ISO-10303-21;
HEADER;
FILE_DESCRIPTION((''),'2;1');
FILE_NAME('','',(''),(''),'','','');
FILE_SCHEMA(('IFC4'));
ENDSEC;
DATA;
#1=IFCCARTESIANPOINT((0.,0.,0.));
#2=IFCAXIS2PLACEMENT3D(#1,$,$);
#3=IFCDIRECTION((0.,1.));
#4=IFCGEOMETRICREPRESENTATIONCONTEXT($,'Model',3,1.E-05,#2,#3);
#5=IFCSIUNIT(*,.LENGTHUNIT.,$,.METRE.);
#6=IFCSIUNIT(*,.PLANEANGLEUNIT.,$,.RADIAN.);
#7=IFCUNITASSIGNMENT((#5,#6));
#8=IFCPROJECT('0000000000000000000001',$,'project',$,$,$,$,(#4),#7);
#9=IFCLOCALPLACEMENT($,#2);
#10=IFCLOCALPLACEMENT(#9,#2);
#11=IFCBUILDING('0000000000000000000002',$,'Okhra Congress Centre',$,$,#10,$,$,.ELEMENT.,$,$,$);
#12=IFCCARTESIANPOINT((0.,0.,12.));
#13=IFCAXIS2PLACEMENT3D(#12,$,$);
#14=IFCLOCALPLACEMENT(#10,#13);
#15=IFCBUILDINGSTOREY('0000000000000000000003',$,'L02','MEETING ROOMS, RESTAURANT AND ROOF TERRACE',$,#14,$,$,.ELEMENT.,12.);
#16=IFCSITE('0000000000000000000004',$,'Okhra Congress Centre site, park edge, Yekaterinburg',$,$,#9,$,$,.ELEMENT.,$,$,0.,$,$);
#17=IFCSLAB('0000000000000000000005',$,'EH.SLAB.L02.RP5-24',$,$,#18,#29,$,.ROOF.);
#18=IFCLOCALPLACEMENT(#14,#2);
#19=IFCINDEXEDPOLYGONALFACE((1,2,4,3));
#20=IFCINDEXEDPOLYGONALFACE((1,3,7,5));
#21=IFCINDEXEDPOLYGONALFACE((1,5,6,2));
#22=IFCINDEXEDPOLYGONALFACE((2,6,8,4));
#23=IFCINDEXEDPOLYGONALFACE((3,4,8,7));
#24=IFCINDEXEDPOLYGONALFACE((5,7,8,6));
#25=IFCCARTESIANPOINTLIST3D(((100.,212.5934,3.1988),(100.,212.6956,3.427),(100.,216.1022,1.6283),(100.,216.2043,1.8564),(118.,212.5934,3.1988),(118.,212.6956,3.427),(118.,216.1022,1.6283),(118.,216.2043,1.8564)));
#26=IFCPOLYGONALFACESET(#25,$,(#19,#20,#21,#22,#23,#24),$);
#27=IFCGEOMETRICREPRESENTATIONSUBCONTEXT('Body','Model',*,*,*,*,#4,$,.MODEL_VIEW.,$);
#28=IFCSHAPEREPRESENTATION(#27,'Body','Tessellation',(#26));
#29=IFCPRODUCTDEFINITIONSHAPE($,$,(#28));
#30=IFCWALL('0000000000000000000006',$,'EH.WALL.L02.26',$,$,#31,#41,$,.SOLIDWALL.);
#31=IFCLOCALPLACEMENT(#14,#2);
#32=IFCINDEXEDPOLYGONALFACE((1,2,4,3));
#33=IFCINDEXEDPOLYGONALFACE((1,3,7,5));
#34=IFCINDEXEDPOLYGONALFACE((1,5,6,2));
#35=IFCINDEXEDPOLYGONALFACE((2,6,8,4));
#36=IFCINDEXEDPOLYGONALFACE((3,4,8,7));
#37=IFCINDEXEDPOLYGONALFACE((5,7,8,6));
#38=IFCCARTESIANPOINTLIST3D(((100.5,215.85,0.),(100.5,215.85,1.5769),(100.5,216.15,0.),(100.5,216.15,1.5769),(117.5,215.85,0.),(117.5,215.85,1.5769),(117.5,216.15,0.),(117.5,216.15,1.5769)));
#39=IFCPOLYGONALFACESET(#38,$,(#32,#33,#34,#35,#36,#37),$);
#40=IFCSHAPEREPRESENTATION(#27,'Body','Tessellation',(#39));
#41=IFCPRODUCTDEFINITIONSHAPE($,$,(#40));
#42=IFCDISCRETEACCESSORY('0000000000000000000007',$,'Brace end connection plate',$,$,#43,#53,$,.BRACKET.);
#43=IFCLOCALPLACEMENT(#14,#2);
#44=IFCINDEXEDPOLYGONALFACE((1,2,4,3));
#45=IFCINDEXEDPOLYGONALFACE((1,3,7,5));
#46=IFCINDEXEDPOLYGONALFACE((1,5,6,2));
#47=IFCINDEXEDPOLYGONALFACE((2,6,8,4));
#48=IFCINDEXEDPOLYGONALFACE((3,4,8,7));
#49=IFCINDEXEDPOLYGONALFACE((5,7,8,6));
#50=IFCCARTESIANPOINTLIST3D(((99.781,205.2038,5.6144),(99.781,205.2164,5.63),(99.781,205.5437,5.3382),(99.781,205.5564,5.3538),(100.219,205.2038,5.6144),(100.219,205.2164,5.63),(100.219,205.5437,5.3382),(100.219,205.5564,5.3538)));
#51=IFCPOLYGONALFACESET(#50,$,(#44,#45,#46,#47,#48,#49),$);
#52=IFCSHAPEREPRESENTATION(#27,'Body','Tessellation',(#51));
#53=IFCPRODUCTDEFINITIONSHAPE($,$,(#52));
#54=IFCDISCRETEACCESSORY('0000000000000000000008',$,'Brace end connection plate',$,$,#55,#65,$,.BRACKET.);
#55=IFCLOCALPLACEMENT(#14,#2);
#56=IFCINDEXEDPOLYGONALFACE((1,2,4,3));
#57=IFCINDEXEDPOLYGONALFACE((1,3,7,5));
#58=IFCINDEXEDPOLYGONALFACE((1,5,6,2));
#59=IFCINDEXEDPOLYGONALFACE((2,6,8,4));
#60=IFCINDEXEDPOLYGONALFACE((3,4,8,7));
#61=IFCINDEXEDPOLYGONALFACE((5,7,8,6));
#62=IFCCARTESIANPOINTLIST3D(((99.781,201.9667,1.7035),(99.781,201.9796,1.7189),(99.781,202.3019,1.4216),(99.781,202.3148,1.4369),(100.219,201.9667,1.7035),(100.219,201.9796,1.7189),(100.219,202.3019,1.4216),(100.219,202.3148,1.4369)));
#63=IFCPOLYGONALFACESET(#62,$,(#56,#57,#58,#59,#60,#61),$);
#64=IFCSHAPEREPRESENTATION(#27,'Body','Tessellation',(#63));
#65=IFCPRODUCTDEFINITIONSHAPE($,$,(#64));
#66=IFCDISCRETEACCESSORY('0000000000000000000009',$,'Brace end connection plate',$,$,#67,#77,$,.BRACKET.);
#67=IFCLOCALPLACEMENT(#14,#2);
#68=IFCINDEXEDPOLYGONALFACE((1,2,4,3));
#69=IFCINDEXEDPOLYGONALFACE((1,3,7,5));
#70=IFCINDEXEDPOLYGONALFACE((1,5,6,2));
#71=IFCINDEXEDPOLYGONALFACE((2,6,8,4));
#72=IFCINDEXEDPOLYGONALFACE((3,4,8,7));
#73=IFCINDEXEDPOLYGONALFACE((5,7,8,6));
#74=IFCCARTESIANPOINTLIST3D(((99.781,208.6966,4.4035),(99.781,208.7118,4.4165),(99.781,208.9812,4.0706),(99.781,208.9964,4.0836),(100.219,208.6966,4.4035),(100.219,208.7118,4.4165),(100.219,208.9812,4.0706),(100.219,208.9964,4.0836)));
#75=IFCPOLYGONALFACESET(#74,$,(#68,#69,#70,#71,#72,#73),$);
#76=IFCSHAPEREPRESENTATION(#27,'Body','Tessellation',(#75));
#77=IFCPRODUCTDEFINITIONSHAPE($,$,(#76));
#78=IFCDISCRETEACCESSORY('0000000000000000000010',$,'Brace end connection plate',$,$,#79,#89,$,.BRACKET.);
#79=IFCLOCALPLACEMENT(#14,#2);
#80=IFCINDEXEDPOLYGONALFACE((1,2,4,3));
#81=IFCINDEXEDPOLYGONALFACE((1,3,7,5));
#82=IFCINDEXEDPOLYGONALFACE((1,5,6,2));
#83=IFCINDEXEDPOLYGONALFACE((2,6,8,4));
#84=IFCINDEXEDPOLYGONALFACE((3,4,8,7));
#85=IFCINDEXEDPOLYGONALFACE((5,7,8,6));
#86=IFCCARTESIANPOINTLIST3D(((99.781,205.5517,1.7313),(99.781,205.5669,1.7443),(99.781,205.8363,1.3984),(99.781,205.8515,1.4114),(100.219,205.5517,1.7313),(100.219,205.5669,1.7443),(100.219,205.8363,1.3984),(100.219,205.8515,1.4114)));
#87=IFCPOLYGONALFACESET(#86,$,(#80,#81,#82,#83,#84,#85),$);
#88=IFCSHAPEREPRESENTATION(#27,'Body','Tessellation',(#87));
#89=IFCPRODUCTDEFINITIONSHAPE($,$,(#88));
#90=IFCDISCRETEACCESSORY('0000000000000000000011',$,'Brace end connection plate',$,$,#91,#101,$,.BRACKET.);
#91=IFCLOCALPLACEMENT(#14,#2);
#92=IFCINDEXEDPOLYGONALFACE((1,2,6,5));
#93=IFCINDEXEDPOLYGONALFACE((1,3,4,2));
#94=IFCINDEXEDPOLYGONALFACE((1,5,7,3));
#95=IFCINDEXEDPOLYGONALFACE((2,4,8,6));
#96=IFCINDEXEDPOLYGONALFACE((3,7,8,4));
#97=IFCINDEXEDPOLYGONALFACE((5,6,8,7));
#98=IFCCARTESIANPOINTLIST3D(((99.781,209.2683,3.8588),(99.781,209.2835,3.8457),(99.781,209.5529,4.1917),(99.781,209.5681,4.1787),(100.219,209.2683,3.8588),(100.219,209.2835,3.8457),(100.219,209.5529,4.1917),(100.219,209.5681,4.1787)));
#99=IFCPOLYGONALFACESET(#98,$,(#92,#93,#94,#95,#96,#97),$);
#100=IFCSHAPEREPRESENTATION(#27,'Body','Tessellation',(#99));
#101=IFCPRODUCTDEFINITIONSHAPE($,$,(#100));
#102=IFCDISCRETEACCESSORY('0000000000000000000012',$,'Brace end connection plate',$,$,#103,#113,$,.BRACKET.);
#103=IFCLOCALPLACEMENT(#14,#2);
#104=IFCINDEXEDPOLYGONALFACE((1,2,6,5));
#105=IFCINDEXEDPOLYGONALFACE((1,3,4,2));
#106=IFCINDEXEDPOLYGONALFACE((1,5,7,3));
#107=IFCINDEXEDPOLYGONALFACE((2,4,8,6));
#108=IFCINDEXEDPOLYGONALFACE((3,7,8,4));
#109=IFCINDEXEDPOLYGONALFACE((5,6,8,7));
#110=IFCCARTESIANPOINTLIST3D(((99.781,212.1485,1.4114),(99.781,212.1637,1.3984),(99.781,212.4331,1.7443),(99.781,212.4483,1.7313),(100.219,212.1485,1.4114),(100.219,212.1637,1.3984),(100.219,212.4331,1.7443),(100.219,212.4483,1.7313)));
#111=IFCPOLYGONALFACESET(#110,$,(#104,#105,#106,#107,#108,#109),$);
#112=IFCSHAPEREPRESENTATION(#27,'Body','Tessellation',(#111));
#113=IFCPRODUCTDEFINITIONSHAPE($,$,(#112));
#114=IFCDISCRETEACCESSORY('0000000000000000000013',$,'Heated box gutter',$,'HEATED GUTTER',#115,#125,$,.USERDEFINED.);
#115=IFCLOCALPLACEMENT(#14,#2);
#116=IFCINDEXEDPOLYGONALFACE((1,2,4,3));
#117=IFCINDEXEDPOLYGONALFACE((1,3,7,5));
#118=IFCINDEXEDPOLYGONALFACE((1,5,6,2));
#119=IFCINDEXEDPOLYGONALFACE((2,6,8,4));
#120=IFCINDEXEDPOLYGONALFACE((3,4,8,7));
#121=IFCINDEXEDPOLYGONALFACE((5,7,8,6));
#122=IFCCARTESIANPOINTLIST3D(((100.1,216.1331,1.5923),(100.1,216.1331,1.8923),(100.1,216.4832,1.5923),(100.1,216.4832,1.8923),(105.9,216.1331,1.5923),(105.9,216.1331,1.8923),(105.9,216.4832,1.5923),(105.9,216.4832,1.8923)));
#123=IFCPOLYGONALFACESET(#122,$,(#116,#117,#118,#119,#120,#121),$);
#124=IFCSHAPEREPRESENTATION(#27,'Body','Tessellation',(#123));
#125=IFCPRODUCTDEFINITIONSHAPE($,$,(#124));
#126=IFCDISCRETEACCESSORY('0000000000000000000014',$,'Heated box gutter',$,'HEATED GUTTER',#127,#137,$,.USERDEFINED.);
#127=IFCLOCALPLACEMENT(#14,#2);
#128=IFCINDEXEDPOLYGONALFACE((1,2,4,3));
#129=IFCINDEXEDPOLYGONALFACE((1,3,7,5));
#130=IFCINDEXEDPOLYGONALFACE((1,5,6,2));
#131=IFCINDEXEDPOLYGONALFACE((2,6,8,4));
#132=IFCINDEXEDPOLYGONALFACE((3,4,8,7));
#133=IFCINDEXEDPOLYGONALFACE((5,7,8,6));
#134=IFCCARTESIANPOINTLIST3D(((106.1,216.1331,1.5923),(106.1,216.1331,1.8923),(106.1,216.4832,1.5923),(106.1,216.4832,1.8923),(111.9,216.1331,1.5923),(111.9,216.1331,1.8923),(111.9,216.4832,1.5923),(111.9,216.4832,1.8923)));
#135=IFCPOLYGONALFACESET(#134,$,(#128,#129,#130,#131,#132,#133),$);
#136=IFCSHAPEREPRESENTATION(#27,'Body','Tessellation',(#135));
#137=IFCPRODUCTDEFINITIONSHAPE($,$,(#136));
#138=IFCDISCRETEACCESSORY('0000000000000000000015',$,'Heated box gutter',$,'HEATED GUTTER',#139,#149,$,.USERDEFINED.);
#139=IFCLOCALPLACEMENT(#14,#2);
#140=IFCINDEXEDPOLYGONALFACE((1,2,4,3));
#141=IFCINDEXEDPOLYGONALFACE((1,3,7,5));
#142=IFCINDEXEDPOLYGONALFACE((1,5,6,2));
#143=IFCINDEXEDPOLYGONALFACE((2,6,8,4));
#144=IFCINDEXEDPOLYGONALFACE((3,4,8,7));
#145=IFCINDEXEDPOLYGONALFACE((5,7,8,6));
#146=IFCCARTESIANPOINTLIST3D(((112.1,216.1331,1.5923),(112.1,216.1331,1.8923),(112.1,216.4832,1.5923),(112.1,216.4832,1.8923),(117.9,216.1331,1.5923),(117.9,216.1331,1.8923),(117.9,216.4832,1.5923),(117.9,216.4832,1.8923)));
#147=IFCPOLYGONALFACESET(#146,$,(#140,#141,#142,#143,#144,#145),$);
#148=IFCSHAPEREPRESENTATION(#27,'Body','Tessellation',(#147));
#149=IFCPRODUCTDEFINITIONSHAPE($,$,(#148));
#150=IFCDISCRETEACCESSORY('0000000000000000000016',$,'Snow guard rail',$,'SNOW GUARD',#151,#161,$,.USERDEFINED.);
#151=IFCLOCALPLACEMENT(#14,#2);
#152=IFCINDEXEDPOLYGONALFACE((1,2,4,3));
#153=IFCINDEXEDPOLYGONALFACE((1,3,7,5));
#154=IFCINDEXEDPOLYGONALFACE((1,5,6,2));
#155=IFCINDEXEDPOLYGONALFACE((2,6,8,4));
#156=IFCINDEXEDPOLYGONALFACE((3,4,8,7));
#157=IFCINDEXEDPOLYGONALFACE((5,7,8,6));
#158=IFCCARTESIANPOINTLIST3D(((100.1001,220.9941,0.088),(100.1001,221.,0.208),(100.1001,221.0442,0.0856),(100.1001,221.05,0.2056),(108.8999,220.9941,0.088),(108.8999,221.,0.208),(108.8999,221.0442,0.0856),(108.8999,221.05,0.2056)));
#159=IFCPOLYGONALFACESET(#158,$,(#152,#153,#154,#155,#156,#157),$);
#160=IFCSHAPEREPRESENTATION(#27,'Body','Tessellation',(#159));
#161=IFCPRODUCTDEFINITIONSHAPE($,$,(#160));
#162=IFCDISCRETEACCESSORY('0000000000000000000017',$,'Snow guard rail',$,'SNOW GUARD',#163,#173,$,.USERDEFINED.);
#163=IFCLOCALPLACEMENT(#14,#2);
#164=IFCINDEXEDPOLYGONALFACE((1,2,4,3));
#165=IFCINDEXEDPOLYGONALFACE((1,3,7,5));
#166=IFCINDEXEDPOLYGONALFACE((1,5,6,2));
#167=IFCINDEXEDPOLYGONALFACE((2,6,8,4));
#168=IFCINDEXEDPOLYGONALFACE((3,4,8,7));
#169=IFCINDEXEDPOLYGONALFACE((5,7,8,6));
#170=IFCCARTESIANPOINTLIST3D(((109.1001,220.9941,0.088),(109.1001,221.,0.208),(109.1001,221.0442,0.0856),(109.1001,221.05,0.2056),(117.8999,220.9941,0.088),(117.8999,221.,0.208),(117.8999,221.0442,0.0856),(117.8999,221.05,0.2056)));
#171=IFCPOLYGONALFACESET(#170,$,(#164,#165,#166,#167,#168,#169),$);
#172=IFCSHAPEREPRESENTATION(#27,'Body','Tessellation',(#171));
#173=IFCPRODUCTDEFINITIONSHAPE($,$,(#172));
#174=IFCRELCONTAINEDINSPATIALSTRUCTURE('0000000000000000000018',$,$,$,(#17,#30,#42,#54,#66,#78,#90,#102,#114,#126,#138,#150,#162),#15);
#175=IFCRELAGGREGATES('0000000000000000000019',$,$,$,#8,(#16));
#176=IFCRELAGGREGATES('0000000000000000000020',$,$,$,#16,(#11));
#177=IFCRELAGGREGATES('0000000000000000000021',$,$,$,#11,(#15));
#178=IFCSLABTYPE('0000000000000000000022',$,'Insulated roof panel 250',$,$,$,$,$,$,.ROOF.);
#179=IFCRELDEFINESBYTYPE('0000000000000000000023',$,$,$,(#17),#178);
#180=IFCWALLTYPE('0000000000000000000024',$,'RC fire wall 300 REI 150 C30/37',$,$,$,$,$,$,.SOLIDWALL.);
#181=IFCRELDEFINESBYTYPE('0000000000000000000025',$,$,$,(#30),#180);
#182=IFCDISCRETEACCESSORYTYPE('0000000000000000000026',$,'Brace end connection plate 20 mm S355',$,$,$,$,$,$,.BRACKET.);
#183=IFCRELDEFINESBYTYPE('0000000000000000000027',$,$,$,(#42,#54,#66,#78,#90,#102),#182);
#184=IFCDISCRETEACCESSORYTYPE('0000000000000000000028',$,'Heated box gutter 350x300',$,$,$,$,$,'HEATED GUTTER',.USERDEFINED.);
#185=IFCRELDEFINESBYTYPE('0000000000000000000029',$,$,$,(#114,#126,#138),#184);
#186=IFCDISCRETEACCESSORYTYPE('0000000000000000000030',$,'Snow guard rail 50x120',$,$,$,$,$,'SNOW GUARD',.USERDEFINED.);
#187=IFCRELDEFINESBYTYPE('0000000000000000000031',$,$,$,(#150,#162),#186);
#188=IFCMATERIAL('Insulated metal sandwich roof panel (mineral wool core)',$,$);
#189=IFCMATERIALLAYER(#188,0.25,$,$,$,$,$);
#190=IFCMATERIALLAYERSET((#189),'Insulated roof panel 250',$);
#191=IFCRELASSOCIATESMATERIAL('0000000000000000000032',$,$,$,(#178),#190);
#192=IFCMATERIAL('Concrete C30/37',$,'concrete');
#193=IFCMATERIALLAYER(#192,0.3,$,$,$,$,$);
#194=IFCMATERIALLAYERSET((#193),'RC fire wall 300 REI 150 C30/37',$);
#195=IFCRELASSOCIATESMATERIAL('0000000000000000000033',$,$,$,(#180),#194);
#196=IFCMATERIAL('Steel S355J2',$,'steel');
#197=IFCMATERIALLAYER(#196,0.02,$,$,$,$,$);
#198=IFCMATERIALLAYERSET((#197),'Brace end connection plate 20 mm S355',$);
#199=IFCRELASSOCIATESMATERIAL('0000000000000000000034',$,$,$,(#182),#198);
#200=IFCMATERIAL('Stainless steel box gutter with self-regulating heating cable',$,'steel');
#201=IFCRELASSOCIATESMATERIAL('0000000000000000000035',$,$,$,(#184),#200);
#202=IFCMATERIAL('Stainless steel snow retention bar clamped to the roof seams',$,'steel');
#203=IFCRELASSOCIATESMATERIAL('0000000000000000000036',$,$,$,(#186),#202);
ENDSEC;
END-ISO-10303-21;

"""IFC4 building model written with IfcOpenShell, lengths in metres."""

from ifc_helpers import new_model, si_unit, direction, frame, frame_2d, origin, origin_2d, place, context, subcontext, project, spatial, polyline, rectangle, outline, extrude, material, layer, layer_set, type_object, element, save


model = new_model("IFC4")

# Units and contexts
model_context = context("Model", 3, precision=1e-05, world=origin(), true_north=direction((0.0, 1.0)))
body_context = subcontext(model_context, "Body", "Model", "MODEL_VIEW")
ifc_project = project(units=[si_unit("LENGTHUNIT", "METRE"), si_unit("PLANEANGLEUNIT", "RADIAN")], contexts=[model_context])

# Site, building, storey
site_placement = place(None, origin())
site = spatial("IfcSite", under=ifc_project, at=site_placement, Name="Okhra Congress Centre site, park edge, Yekaterinburg", CompositionType="ELEMENT", RefElevation=0.0)
building_placement = place(site_placement, origin())
building = spatial("IfcBuilding", under=site, at=building_placement, Name="Okhra Congress Centre", CompositionType="ELEMENT")
storey_placement = place(building_placement, frame((0.0, 0.0, 12.0)))
storey = spatial("IfcBuildingStorey", under=building, at=storey_placement, Name="L02", Description="MEETING ROOMS, RESTAURANT AND ROOF TERRACE", CompositionType="ELEMENT", Elevation=12.0)

# Shared definitions
ifc_material_1 = material(Name="Steel S355J2", Category="steel")

# Slab
ifc_material_2 = material(Name="Insulated metal sandwich roof panel (mineral wool core)")
ifc_layer_1 = layer(ifc_material_2, 0.25)
ifc_layer_set_1 = layer_set([ifc_layer_1], Name="Insulated roof panel 250")
slab_type = type_object("IfcSlabType", Name="Insulated roof panel 250", PredefinedType="ROOF", material=ifc_layer_set_1)
slab_1_placement = place(storey_placement, frame((100.0, 212.6956, 3.427), z_axis=(0.0, 0.408547, 0.912737), x_axis=(1.0, 0.0, 0.0)))
element("IfcSlab", 1, at=slab_1_placement, inside=storey, type_object=slab_type, Name="EH.SLAB.L02.RP5-24", PredefinedType="ROOF", context=body_context, shape_type="SweptSolid", body=[
    extrude(outline(polyline([(0.0, 0.0), (18.0, 0.0), (18.0, 3.8442), (0.0, 3.8442), (0.0, 0.0)])), origin(), (0.0, 0.0, -1.0), 0.25),
])

# Wall
ifc_material_3 = material(Name="Concrete C30/37", Category="concrete")
ifc_layer_2 = layer(ifc_material_3, 0.3)
ifc_layer_set_2 = layer_set([ifc_layer_2], Name="RC fire wall 300 REI 150 C30/37")
wall_type = type_object("IfcWallType", Name="RC fire wall 300 REI 150 C30/37", PredefinedType="SOLIDWALL", material=ifc_layer_set_2)
wall_placement = place(storey_placement, frame((100.5, 216.0, 0.0), z_axis=(0.0, 0.0, 1.0), x_axis=(1.0, 0.0, 0.0)))
element("IfcWall", 2, at=wall_placement, inside=storey, type_object=wall_type, Name="EH.WALL.L02.26", PredefinedType="SOLIDWALL", context=body_context, shape_type="SweptSolid", body=[
    extrude(rectangle(XDim=17.0, YDim=0.3, at=frame_2d((8.5, 0.0))), origin(), (0.0, 0.0, 1.0), 1.5769),
])

# Discrete accessories
ifc_layer_3 = layer(ifc_material_1, 0.02)
ifc_layer_set_3 = layer_set([ifc_layer_3], Name="Brace end connection plate 20 mm S355")
discrete_accessory_type_1 = type_object("IfcDiscreteAccessoryType", Name="Brace end connection plate 20 mm S355", PredefinedType="BRACKET", material=ifc_layer_set_3)
for number, where, z_axis, x_axis, name in (
    (3, (100.0, 205.3738, 5.4763), (0.0, 0.630593, 0.776114), (-1.0, 0.0, 0.0), "Brace end connection plate"),
    (4, (100.0, 202.1472, 1.5779), (0.0, -0.643762, -0.765226), (1.0, 0.0, 0.0), "Brace end connection plate"),
    (5, (100.0, 208.8389, 4.2371), (0.0, 0.760121, 0.649781), (-1.0, 0.0, 0.0), "Brace end connection plate"),
    (6, (100.0, 205.7092, 1.5779), (0.0, -0.760121, -0.649781), (1.0, 0.0, 0.0), "Brace end connection plate"),
    (7, (100.0, 209.4258, 4.0122), (0.0, -0.760121, 0.649781), (1.0, 0.0, 0.0), "Brace end connection plate"),
    (8, (100.0, 212.2908, 1.5779), (0.0, 0.760121, -0.649781), (-1.0, 0.0, 0.0), "Brace end connection plate"),
):
    element("IfcDiscreteAccessory", number, at=place(storey_placement, frame(where, z_axis=z_axis, x_axis=x_axis)), inside=storey, type_object=discrete_accessory_type_1, Name=name, PredefinedType="BRACKET", context=body_context, shape_type="SweptSolid", body=[
        extrude(rectangle(XDim=0.438, YDim=0.438, at=origin_2d()), origin(), (0.0, 0.0, 1.0), 0.02),
    ])
ifc_material_4 = material(Name="Stainless steel box gutter with self-regulating heating cable", Category="steel")
discrete_accessory_type_2 = type_object("IfcDiscreteAccessoryType", Name="Heated box gutter 350x300", ElementType="HEATED GUTTER", PredefinedType="USERDEFINED", material=ifc_material_4)
for number, where, z_axis, x_axis, name in (
    (9, (103.0, 216.3081, 1.5923), (0.0, 0.0, 1.0), (1.0, 0.0, 0.0), "Heated box gutter"),
    (10, (109.0, 216.3081, 1.5923), (0.0, 0.0, 1.0), (1.0, 0.0, 0.0), "Heated box gutter"),
    (11, (115.0, 216.3081, 1.5923), (0.0, 0.0, 1.0), (1.0, 0.0, 0.0), "Heated box gutter"),
):
    element("IfcDiscreteAccessory", number, at=place(storey_placement, frame(where, z_axis=z_axis, x_axis=x_axis)), inside=storey, type_object=discrete_accessory_type_2, Name=name, ObjectType="HEATED GUTTER", PredefinedType="USERDEFINED", context=body_context, shape_type="SweptSolid", body=[
        extrude(rectangle(XDim=5.8, YDim=0.3501, at=origin_2d()), origin(), (0.0, 0.0, 1.0), 0.3),
    ])
ifc_material_5 = material(Name="Stainless steel snow retention bar clamped to the roof seams", Category="steel")
discrete_accessory_type_3 = type_object("IfcDiscreteAccessoryType", Name="Snow guard rail 50x120", ElementType="SNOW GUARD", PredefinedType="USERDEFINED", material=ifc_material_5)
for number, where, z_axis, x_axis, name in (
    (12, (100.1001, 221.0, 0.208), (0.0, 0.048723, 0.998812), (1.0, 0.0, 0.0), "Snow guard rail"),
    (13, (109.1001, 221.0, 0.208), (0.0, 0.048723, 0.998812), (1.0, 0.0, 0.0), "Snow guard rail"),
):
    element("IfcDiscreteAccessory", number, at=place(storey_placement, frame(where, z_axis=z_axis, x_axis=x_axis)), inside=storey, type_object=discrete_accessory_type_3, Name=name, ObjectType="SNOW GUARD", PredefinedType="USERDEFINED", context=body_context, shape_type="SweptSolid", body=[
        extrude(outline(polyline([(0.0, 0.0), (8.7998, 0.0), (8.7998, 0.0501), (0.0, 0.0501), (0.0, 0.0)])), origin(), (0.0, 0.0, -1.0), 0.1201),
    ])

save(model, "model.ifc")
